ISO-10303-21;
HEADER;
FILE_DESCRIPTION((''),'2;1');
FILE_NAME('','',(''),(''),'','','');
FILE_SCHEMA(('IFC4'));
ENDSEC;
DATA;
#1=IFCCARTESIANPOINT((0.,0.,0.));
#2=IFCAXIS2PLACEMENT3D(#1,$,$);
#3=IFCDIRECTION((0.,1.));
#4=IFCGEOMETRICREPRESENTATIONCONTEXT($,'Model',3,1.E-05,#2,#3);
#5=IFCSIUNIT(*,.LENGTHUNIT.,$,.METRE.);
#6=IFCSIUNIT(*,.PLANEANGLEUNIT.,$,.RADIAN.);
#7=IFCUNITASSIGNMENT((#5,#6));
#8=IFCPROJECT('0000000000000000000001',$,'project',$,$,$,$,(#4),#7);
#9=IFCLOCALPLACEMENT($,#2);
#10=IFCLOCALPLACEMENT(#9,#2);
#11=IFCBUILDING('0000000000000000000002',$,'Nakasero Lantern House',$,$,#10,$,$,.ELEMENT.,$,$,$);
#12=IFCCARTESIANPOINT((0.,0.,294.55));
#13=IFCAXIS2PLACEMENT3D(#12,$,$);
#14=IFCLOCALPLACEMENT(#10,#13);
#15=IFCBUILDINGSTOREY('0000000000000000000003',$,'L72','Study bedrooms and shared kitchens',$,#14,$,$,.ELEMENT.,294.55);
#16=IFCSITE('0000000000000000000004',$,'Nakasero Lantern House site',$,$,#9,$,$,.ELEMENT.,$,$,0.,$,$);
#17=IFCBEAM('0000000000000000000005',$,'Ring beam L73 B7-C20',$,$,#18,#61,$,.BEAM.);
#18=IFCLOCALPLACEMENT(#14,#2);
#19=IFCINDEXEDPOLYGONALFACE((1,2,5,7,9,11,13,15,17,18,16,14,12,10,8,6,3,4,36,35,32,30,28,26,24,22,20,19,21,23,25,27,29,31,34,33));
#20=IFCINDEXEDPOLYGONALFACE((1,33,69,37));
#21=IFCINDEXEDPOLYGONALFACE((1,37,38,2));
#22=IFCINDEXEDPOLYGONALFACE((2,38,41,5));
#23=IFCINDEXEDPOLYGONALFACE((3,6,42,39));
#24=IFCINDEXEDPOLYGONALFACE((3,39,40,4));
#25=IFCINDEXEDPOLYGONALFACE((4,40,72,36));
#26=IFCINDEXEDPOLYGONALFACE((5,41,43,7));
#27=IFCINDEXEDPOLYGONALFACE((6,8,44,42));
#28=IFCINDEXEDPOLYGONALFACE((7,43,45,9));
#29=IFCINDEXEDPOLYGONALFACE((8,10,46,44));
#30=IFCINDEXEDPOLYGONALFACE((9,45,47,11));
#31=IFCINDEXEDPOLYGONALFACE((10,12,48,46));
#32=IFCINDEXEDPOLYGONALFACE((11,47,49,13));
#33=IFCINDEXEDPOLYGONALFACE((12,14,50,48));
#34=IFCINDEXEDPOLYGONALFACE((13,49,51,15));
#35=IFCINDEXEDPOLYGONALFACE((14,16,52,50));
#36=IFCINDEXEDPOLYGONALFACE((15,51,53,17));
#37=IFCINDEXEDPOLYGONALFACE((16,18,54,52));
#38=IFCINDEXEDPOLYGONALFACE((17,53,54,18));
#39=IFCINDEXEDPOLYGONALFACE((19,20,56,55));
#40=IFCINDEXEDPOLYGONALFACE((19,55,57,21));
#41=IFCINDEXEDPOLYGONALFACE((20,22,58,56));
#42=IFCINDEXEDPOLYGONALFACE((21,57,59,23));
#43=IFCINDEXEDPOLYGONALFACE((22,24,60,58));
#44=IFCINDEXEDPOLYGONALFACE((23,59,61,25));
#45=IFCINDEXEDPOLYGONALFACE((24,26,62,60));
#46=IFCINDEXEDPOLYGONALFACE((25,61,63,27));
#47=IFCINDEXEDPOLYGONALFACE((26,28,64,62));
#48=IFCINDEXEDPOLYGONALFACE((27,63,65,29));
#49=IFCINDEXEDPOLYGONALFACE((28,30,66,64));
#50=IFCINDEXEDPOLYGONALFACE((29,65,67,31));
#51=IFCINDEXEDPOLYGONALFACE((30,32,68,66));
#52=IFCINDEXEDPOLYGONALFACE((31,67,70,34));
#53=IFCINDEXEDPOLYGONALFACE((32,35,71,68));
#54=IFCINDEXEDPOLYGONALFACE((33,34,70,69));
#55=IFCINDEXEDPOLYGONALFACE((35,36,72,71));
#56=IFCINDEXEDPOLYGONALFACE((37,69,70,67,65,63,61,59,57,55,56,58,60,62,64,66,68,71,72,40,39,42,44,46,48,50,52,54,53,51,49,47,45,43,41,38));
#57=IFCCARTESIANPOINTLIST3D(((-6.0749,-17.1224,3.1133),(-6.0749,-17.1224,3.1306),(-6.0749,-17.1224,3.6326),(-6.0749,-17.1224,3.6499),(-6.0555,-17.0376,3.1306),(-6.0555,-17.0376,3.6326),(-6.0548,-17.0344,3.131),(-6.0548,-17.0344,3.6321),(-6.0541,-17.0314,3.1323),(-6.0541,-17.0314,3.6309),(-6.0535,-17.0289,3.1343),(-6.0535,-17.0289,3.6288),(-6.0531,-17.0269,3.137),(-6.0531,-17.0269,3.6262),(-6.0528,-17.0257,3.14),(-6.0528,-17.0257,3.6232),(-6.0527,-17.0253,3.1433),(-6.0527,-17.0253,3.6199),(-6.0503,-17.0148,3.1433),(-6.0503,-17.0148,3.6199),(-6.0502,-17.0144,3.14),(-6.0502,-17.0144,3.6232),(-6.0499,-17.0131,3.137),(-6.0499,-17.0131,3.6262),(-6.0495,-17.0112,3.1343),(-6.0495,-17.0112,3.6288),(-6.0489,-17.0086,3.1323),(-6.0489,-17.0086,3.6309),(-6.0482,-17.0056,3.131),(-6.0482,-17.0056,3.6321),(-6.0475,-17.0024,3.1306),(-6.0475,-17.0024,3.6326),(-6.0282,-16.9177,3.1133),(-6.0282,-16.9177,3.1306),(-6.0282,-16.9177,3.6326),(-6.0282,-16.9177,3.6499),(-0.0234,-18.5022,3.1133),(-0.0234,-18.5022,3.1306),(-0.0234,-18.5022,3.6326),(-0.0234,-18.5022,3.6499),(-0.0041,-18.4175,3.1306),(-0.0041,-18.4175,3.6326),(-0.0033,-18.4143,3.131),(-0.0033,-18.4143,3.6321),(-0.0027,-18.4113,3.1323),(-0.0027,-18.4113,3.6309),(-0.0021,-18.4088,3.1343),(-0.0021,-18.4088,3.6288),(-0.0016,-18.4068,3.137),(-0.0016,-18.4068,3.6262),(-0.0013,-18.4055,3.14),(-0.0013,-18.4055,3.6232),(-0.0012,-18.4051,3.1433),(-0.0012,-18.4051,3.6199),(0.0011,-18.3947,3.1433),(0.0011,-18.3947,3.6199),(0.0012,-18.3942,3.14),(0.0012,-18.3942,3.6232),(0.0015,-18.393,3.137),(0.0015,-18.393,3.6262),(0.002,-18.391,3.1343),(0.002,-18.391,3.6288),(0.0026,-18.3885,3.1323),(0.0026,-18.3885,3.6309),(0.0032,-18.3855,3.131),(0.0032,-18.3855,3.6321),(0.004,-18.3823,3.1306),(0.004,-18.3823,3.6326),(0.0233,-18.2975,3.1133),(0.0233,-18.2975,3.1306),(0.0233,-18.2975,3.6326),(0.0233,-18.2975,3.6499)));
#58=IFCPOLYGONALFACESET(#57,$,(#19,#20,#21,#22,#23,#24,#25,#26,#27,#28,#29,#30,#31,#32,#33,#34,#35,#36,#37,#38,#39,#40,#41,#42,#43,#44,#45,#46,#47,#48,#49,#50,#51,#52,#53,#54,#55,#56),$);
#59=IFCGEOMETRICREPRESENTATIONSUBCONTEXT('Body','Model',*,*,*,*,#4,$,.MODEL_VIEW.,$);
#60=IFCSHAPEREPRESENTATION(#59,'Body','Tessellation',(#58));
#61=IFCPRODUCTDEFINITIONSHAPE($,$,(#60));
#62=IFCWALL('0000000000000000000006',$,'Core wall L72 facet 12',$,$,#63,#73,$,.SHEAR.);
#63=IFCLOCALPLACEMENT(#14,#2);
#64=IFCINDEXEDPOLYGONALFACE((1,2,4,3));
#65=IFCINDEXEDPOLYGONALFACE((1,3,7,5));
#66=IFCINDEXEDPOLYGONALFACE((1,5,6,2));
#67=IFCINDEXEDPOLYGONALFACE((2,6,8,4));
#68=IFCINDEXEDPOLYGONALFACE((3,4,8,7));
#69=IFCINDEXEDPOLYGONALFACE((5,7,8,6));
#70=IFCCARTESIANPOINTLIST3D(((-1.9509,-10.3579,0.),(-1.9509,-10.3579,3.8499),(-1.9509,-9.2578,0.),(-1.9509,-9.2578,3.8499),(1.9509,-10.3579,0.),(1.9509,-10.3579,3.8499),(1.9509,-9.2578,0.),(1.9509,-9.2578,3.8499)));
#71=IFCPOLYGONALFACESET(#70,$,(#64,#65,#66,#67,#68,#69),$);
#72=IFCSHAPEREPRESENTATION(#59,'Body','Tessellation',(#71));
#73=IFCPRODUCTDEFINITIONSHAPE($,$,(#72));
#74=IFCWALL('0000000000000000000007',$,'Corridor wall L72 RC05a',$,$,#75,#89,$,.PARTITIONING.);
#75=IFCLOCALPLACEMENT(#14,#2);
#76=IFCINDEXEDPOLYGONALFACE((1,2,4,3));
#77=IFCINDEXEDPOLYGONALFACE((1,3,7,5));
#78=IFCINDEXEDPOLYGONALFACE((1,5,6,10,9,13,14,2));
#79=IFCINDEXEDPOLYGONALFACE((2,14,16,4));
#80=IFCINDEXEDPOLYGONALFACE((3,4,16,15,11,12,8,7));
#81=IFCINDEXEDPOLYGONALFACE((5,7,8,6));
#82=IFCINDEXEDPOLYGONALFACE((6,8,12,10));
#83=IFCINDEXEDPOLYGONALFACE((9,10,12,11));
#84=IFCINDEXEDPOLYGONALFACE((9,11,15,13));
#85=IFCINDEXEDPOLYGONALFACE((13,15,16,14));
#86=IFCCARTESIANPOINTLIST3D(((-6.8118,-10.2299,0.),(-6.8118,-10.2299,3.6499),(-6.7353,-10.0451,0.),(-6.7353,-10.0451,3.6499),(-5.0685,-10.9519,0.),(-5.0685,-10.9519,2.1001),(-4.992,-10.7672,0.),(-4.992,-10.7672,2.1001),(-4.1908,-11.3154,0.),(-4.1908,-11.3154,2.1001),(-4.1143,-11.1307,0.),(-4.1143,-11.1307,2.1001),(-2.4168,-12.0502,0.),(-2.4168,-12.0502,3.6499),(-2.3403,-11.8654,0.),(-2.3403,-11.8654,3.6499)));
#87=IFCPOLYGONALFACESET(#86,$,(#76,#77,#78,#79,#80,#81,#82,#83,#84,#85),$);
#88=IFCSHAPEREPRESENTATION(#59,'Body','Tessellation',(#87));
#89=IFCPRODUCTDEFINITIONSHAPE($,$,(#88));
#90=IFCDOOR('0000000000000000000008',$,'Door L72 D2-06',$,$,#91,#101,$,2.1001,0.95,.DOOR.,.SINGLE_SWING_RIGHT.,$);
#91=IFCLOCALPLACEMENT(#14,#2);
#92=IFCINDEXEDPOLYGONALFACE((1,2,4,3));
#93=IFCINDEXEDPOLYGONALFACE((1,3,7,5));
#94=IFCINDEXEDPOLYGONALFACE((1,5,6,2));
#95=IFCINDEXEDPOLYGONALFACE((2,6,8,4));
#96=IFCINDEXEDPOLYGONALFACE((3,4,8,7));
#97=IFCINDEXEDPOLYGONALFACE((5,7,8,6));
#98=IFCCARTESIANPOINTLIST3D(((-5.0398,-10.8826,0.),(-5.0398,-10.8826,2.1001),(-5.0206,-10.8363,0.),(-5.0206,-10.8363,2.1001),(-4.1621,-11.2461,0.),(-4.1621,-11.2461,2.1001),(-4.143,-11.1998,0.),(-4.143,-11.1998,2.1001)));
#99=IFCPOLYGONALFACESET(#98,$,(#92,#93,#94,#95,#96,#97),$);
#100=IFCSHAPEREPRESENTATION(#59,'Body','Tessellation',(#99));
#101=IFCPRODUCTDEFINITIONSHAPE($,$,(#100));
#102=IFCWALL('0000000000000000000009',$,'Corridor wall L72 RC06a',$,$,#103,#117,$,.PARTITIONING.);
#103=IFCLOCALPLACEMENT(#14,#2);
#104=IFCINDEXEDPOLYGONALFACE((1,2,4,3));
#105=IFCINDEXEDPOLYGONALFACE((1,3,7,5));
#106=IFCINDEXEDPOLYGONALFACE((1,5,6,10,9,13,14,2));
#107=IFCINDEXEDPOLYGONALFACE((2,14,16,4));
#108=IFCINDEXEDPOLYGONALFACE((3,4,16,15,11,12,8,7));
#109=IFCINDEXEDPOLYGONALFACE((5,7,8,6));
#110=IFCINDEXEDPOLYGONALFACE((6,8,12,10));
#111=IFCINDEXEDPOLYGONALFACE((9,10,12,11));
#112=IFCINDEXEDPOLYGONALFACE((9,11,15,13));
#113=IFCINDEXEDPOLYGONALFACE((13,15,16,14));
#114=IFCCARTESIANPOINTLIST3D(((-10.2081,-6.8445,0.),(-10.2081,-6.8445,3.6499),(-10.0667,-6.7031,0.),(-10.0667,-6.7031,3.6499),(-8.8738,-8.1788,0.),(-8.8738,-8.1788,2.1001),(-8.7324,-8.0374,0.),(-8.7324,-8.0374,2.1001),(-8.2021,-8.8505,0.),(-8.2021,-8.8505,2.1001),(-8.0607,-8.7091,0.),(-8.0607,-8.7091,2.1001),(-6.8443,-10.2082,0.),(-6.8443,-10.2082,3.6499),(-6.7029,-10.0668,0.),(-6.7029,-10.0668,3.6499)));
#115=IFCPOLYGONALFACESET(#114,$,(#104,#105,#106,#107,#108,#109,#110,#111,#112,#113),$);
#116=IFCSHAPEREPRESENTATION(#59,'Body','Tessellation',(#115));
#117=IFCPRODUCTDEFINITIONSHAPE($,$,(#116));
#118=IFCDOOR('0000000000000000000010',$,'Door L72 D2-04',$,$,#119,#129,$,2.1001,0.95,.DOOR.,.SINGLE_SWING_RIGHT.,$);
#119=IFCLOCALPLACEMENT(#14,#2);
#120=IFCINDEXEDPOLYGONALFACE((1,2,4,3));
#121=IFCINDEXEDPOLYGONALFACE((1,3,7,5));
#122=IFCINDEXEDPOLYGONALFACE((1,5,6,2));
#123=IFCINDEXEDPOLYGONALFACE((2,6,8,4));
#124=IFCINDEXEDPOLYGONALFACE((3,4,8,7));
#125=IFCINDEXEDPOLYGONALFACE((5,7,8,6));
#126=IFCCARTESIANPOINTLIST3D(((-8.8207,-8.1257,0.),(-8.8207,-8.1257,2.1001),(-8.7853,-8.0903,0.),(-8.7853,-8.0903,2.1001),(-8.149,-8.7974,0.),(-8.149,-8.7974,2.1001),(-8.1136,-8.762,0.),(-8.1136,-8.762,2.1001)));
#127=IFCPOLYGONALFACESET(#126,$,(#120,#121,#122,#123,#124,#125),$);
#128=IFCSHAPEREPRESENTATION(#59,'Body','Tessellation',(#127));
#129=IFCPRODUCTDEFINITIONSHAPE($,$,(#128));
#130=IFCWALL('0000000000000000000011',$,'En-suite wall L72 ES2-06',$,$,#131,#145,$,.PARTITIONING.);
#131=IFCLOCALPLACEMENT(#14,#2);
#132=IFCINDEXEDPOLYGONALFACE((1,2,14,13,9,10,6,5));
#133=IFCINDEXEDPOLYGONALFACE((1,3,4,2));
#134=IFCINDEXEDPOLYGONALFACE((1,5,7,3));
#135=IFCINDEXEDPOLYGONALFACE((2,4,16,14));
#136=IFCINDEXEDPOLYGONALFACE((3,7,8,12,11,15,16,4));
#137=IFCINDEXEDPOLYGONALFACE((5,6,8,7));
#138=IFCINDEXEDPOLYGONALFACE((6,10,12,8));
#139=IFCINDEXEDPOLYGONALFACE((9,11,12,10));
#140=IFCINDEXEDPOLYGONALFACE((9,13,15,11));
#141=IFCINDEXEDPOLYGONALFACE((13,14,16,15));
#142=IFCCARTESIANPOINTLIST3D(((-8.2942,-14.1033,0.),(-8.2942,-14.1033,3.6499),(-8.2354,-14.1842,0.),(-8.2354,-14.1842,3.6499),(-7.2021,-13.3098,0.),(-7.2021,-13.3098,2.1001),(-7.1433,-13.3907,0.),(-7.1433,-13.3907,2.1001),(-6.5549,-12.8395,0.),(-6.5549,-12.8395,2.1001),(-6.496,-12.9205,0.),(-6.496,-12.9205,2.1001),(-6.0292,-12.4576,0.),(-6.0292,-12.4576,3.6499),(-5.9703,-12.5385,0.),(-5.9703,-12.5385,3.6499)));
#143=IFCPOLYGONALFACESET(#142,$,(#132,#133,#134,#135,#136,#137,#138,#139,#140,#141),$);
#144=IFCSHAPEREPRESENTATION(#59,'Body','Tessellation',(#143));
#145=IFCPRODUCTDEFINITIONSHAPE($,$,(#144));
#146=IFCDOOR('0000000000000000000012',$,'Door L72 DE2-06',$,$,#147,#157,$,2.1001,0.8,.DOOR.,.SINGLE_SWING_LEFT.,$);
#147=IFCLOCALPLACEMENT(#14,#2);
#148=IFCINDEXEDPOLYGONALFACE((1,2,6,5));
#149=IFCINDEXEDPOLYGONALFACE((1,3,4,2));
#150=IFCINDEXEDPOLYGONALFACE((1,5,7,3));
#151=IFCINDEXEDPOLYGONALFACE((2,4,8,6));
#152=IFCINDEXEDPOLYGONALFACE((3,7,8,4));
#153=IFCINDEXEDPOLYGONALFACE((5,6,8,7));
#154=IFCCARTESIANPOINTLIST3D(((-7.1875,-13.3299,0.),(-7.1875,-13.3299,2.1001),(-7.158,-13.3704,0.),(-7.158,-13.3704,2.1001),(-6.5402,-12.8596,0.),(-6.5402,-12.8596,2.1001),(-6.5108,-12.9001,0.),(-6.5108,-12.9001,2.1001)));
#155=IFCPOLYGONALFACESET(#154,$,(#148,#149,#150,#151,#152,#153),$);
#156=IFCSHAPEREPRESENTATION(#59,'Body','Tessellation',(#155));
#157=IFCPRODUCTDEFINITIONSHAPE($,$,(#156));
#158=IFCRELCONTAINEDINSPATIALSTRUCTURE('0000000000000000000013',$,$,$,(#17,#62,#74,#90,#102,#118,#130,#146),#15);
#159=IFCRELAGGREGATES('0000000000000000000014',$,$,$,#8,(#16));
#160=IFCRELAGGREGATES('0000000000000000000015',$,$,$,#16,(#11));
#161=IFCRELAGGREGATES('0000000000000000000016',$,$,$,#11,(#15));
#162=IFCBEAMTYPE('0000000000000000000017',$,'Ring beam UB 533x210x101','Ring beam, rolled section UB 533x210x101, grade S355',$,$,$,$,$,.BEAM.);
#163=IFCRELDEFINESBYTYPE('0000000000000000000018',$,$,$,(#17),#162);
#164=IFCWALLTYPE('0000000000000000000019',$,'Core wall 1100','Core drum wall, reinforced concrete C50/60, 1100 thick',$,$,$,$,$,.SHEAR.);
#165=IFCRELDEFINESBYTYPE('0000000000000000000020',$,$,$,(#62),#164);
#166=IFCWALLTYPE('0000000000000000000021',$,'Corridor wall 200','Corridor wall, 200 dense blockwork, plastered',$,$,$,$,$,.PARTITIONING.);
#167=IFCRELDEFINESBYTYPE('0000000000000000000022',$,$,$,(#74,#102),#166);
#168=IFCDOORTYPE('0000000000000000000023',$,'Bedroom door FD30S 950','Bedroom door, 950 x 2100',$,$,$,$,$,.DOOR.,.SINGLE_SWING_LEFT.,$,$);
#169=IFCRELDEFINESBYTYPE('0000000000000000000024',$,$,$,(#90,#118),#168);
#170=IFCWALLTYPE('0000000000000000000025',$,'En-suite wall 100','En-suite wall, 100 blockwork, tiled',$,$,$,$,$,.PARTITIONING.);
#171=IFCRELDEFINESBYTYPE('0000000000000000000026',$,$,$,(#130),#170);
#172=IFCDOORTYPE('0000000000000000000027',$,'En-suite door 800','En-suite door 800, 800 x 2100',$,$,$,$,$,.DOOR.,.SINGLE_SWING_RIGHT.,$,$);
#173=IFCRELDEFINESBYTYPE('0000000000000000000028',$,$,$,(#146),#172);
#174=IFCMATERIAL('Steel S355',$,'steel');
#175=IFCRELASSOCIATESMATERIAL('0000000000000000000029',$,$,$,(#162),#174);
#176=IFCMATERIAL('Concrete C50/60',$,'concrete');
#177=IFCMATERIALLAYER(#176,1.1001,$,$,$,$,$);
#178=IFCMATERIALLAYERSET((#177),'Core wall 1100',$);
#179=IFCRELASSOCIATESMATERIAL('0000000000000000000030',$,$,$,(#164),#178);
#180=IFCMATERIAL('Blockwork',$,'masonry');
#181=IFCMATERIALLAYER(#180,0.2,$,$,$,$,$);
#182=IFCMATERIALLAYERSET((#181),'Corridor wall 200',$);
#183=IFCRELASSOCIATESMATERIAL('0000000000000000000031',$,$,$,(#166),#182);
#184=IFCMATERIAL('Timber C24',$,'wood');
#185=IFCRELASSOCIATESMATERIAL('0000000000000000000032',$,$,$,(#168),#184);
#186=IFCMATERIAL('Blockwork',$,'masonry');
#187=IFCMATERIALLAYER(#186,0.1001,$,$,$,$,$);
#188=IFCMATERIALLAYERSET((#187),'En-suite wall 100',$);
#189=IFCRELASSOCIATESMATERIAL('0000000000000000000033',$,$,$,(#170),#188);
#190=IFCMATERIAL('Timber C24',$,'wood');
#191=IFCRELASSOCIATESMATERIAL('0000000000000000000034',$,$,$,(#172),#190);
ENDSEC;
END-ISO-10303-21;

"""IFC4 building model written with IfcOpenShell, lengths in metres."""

from ifc_helpers import new_model, si_unit, direction, frame, frame_2d, origin, origin_2d, place, context, subcontext, project, spatial, rectangle, i_section, extrude, material, layer, layer_set, material_profile, profile_set, type_object, element, fill, save


model = new_model("IFC4")

# Units and contexts
model_context = context("Model", 3, precision=1e-05, world=origin(), true_north=direction((0.0, 1.0)))
body_context = subcontext(model_context, "Body", "Model", "MODEL_VIEW")
ifc_project = project(units=[si_unit("LENGTHUNIT", "METRE"), si_unit("PLANEANGLEUNIT", "RADIAN")], contexts=[model_context])

# Site, building, storey
site_placement = place(None, origin())
site = spatial("IfcSite", under=ifc_project, at=site_placement, Name="Nakasero Lantern House site", CompositionType="ELEMENT", RefElevation=0.0)
building_placement = place(site_placement, origin())
building = spatial("IfcBuilding", under=site, at=building_placement, Name="Nakasero Lantern House", CompositionType="ELEMENT")
storey_placement = place(building_placement, frame((0.0, 0.0, 294.55)))
storey = spatial("IfcBuildingStorey", under=building, at=storey_placement, Name="L72", Description="Study bedrooms and shared kitchens", CompositionType="ELEMENT", Elevation=294.55)

# Beam
ifc_material_1 = material(Name="Steel S355", Category="steel")
ifc_material_profile_1 = material_profile(ifc_material_1, i_section(OverallWidth=0.21, OverallDepth=0.5366, WebThickness=0.0107, FlangeThickness=0.0173, FilletRadius=0.0127, at=origin_2d()), Name="UB 533x210x101")
ifc_profile_set_1 = profile_set([ifc_material_profile_1], Name="Steel S355")
beam_type_1 = type_object("IfcBeamType", Name="Ring beam UB 533x210x101", Description="Ring beam, rolled section UB 533x210x101, grade S355", PredefinedType="BEAM", material=ifc_profile_set_1)
beam_1_placement = place(storey_placement, frame((-6.0515, -17.02, 3.3816), z_axis=(0.974975, -0.222316, 0.0), x_axis=(0.222316, 0.974975, 0.0)))
element("IfcBeam", 1, at=beam_1_placement, inside=storey, type_object=beam_type_1, Name="Ring beam L73 B7-C20", PredefinedType="BEAM", context=body_context, shape_type="SweptSolid", body=[
    extrude(i_section(OverallWidth=0.21, OverallDepth=0.5366, WebThickness=0.0107, FlangeThickness=0.0173, FilletRadius=0.0127, at=origin_2d()), origin(), (0.0, 0.0, 1.0), 6.2068),
])

# Wall
ifc_material_2 = material(Name="Concrete C50/60", Category="concrete")
ifc_layer_1 = layer(ifc_material_2, 1.1001)
ifc_layer_set_1 = layer_set([ifc_layer_1], Name="Core wall 1100")
wall_type_1 = type_object("IfcWallType", Name="Core wall 1100", Description="Core drum wall, reinforced concrete C50/60, 1100 thick", PredefinedType="SHEAR", material=ifc_layer_set_1)
wall_1_placement = place(storey_placement, frame((-1.9509, -9.8079, 0.0), z_axis=(0.0, 0.0, 1.0), x_axis=(1.0, 0.0, 0.0)))
element("IfcWall", 2, at=wall_1_placement, inside=storey, type_object=wall_type_1, Name="Core wall L72 facet 12", PredefinedType="SHEAR", context=body_context, shape_type="SweptSolid", body=[
    extrude(rectangle(XDim=3.9019, YDim=1.1001, at=frame_2d((1.9509, 0.0))), origin(), (0.0, 0.0, 1.0), 3.8499),
])

# Walls, openings, doors
ifc_material_3 = material(Name="Blockwork", Category="masonry")
ifc_layer_2 = layer(ifc_material_3, 0.2)
ifc_layer_set_2 = layer_set([ifc_layer_2], Name="Corridor wall 200")
wall_type_2 = type_object("IfcWallType", Name="Corridor wall 200", Description="Corridor wall, 200 dense blockwork, plastered", PredefinedType="PARTITIONING", material=ifc_layer_set_2)
wall_2_placement = place(storey_placement, frame((-2.3787, -11.9578, 0.0), z_axis=(0.0, 0.0, 1.0), x_axis=(-0.923892, 0.382654, 0.0)))
wall_2 = element("IfcWall", 3, at=wall_2_placement, inside=storey, type_object=wall_type_2, Name="Corridor wall L72 RC05a", PredefinedType="PARTITIONING", context=body_context, shape_type="SweptSolid", body=[
    extrude(rectangle(XDim=4.7571, YDim=0.2, at=frame_2d((2.3784, 0.0))), origin(), (0.0, 0.0, 1.0), 3.6499),
])
opening_1_placement = place(wall_2_placement, frame((1.9199, 0.0, 0.0)))
opening_1 = element("IfcOpeningElement", 4, at=opening_1_placement, cuts=wall_2, PredefinedType="OPENING", context=body_context, shape_type="SweptSolid", body=[
    extrude(rectangle(XDim=0.95, YDim=2.1001, at=frame_2d((0.4751, 1.05))), frame((0.0, 0.1199, 0.0), z_axis=(0.0, -1.0, 0.0), x_axis=(1.0, 0.0, 0.0)), (0.0, 0.0, 1.0), 0.24),
])
ifc_material_4 = material(Name="Timber C24", Category="wood")
door_type_1 = type_object("IfcDoorType", Name="Bedroom door FD30S 950", Description="Bedroom door, 950 x 2100", OperationType="SINGLE_SWING_LEFT", PredefinedType="DOOR", material=ifc_material_4)
door_1_placement = place(opening_1_placement, origin())
door_1 = element("IfcDoor", 5, at=door_1_placement, inside=storey, type_object=door_type_1, Name="Door L72 D2-06", OperationType="SINGLE_SWING_RIGHT", OverallHeight=2.1001, OverallWidth=0.95, PredefinedType="DOOR", context=body_context, shape_type="SweptSolid", body=[
    extrude(rectangle(XDim=0.95, YDim=2.1001, at=frame_2d((0.4751, 1.05))), frame((0.0, 0.0249, 0.0), z_axis=(0.0, -1.0, 0.0), x_axis=(1.0, 0.0, 0.0)), (0.0, 0.0, 1.0), 0.05),
])
fill(opening_1, door_1)
wall_3_placement = place(storey_placement, frame((-6.7737, -10.1375, 0.0), z_axis=(0.0, 0.0, 1.0), x_axis=(-0.707107, 0.707107, 0.0)))
wall_3 = element("IfcWall", 6, at=wall_3_placement, inside=storey, type_object=wall_type_2, Name="Corridor wall L72 RC06a", PredefinedType="PARTITIONING", context=body_context, shape_type="SweptSolid", body=[
    extrude(rectangle(XDim=4.7571, YDim=0.2, at=frame_2d((2.3784, 0.0))), origin(), (0.0, 0.0, 1.0), 3.6499),
])
opening_2_placement = place(wall_3_placement, frame((1.9199, 0.0, 0.0)))
opening_2 = element("IfcOpeningElement", 7, at=opening_2_placement, cuts=wall_3, PredefinedType="OPENING", context=body_context, shape_type="SweptSolid", body=[
    extrude(rectangle(XDim=0.95, YDim=2.1001, at=frame_2d((0.4751, 1.05))), frame((0.0, 0.1199, 0.0), z_axis=(0.0, -1.0, 0.0), x_axis=(1.0, 0.0, 0.0)), (0.0, 0.0, 1.0), 0.24),
])
door_2_placement = place(opening_2_placement, origin())
door_2 = element("IfcDoor", 8, at=door_2_placement, inside=storey, type_object=door_type_1, Name="Door L72 D2-04", OperationType="SINGLE_SWING_RIGHT", OverallHeight=2.1001, OverallWidth=0.95, PredefinedType="DOOR", context=body_context, shape_type="SweptSolid", body=[
    extrude(rectangle(XDim=0.95, YDim=2.1001, at=frame_2d((0.4751, 1.05))), frame((0.0, 0.0249, 0.0), z_axis=(0.0, -1.0, 0.0), x_axis=(1.0, 0.0, 0.0)), (0.0, 0.0, 1.0), 0.05),
])
fill(opening_2, door_2)
ifc_material_5 = material(Name="Blockwork", Category="masonry")
ifc_layer_3 = layer(ifc_material_5, 0.1001)
ifc_layer_set_3 = layer_set([ifc_layer_3], Name="En-suite wall 100")
wall_type_3 = type_object("IfcWallType", Name="En-suite wall 100", Description="En-suite wall, 100 blockwork, tiled", PredefinedType="PARTITIONING", material=ifc_layer_set_3)
wall_4_placement = place(storey_placement, frame((-5.9998, -12.498, 0.0), z_axis=(0.0, 0.0, 1.0), x_axis=(-0.809011, -0.587793, 0.0)))
wall_4 = element("IfcWall", 9, at=wall_4_placement, inside=storey, type_object=wall_type_3, Name="En-suite wall L72 ES2-06", PredefinedType="PARTITIONING", context=body_context, shape_type="SweptSolid", body=[
    extrude(rectangle(XDim=2.7998, YDim=0.1001, at=frame_2d((1.3999, 0.0))), origin(), (0.0, 0.0, 1.0), 3.6499),
])
opening_3_placement = place(wall_4_placement, frame((0.6499, 0.0, 0.0)))
opening_3 = element("IfcOpeningElement", 10, at=opening_3_placement, cuts=wall_4, PredefinedType="OPENING", context=body_context, shape_type="SweptSolid", body=[
    extrude(rectangle(XDim=0.8, YDim=2.1001, at=frame_2d((0.3999, 1.05))), frame((0.0, 0.0701, 0.0), z_axis=(0.0, -1.0, 0.0), x_axis=(1.0, 0.0, 0.0)), (0.0, 0.0, 1.0), 0.1401),
])
ifc_material_6 = material(Name="Timber C24", Category="wood")
door_type_2 = type_object("IfcDoorType", Name="En-suite door 800", Description="En-suite door 800, 800 x 2100", OperationType="SINGLE_SWING_RIGHT", PredefinedType="DOOR", material=ifc_material_6)
door_3_placement = place(opening_3_placement, origin())
door_3 = element("IfcDoor", 11, at=door_3_placement, inside=storey, type_object=door_type_2, Name="Door L72 DE2-06", OperationType="SINGLE_SWING_LEFT", OverallHeight=2.1001, OverallWidth=0.8, PredefinedType="DOOR", context=body_context, shape_type="SweptSolid", body=[
    extrude(rectangle(XDim=0.8, YDim=2.1001, at=frame_2d((0.3999, 1.05))), frame((0.0, 0.0249, 0.0), z_axis=(0.0, -1.0, 0.0), x_axis=(1.0, 0.0, 0.0)), (0.0, 0.0, 1.0), 0.05),
])
fill(opening_3, door_3)

save(model, "model.ifc")
